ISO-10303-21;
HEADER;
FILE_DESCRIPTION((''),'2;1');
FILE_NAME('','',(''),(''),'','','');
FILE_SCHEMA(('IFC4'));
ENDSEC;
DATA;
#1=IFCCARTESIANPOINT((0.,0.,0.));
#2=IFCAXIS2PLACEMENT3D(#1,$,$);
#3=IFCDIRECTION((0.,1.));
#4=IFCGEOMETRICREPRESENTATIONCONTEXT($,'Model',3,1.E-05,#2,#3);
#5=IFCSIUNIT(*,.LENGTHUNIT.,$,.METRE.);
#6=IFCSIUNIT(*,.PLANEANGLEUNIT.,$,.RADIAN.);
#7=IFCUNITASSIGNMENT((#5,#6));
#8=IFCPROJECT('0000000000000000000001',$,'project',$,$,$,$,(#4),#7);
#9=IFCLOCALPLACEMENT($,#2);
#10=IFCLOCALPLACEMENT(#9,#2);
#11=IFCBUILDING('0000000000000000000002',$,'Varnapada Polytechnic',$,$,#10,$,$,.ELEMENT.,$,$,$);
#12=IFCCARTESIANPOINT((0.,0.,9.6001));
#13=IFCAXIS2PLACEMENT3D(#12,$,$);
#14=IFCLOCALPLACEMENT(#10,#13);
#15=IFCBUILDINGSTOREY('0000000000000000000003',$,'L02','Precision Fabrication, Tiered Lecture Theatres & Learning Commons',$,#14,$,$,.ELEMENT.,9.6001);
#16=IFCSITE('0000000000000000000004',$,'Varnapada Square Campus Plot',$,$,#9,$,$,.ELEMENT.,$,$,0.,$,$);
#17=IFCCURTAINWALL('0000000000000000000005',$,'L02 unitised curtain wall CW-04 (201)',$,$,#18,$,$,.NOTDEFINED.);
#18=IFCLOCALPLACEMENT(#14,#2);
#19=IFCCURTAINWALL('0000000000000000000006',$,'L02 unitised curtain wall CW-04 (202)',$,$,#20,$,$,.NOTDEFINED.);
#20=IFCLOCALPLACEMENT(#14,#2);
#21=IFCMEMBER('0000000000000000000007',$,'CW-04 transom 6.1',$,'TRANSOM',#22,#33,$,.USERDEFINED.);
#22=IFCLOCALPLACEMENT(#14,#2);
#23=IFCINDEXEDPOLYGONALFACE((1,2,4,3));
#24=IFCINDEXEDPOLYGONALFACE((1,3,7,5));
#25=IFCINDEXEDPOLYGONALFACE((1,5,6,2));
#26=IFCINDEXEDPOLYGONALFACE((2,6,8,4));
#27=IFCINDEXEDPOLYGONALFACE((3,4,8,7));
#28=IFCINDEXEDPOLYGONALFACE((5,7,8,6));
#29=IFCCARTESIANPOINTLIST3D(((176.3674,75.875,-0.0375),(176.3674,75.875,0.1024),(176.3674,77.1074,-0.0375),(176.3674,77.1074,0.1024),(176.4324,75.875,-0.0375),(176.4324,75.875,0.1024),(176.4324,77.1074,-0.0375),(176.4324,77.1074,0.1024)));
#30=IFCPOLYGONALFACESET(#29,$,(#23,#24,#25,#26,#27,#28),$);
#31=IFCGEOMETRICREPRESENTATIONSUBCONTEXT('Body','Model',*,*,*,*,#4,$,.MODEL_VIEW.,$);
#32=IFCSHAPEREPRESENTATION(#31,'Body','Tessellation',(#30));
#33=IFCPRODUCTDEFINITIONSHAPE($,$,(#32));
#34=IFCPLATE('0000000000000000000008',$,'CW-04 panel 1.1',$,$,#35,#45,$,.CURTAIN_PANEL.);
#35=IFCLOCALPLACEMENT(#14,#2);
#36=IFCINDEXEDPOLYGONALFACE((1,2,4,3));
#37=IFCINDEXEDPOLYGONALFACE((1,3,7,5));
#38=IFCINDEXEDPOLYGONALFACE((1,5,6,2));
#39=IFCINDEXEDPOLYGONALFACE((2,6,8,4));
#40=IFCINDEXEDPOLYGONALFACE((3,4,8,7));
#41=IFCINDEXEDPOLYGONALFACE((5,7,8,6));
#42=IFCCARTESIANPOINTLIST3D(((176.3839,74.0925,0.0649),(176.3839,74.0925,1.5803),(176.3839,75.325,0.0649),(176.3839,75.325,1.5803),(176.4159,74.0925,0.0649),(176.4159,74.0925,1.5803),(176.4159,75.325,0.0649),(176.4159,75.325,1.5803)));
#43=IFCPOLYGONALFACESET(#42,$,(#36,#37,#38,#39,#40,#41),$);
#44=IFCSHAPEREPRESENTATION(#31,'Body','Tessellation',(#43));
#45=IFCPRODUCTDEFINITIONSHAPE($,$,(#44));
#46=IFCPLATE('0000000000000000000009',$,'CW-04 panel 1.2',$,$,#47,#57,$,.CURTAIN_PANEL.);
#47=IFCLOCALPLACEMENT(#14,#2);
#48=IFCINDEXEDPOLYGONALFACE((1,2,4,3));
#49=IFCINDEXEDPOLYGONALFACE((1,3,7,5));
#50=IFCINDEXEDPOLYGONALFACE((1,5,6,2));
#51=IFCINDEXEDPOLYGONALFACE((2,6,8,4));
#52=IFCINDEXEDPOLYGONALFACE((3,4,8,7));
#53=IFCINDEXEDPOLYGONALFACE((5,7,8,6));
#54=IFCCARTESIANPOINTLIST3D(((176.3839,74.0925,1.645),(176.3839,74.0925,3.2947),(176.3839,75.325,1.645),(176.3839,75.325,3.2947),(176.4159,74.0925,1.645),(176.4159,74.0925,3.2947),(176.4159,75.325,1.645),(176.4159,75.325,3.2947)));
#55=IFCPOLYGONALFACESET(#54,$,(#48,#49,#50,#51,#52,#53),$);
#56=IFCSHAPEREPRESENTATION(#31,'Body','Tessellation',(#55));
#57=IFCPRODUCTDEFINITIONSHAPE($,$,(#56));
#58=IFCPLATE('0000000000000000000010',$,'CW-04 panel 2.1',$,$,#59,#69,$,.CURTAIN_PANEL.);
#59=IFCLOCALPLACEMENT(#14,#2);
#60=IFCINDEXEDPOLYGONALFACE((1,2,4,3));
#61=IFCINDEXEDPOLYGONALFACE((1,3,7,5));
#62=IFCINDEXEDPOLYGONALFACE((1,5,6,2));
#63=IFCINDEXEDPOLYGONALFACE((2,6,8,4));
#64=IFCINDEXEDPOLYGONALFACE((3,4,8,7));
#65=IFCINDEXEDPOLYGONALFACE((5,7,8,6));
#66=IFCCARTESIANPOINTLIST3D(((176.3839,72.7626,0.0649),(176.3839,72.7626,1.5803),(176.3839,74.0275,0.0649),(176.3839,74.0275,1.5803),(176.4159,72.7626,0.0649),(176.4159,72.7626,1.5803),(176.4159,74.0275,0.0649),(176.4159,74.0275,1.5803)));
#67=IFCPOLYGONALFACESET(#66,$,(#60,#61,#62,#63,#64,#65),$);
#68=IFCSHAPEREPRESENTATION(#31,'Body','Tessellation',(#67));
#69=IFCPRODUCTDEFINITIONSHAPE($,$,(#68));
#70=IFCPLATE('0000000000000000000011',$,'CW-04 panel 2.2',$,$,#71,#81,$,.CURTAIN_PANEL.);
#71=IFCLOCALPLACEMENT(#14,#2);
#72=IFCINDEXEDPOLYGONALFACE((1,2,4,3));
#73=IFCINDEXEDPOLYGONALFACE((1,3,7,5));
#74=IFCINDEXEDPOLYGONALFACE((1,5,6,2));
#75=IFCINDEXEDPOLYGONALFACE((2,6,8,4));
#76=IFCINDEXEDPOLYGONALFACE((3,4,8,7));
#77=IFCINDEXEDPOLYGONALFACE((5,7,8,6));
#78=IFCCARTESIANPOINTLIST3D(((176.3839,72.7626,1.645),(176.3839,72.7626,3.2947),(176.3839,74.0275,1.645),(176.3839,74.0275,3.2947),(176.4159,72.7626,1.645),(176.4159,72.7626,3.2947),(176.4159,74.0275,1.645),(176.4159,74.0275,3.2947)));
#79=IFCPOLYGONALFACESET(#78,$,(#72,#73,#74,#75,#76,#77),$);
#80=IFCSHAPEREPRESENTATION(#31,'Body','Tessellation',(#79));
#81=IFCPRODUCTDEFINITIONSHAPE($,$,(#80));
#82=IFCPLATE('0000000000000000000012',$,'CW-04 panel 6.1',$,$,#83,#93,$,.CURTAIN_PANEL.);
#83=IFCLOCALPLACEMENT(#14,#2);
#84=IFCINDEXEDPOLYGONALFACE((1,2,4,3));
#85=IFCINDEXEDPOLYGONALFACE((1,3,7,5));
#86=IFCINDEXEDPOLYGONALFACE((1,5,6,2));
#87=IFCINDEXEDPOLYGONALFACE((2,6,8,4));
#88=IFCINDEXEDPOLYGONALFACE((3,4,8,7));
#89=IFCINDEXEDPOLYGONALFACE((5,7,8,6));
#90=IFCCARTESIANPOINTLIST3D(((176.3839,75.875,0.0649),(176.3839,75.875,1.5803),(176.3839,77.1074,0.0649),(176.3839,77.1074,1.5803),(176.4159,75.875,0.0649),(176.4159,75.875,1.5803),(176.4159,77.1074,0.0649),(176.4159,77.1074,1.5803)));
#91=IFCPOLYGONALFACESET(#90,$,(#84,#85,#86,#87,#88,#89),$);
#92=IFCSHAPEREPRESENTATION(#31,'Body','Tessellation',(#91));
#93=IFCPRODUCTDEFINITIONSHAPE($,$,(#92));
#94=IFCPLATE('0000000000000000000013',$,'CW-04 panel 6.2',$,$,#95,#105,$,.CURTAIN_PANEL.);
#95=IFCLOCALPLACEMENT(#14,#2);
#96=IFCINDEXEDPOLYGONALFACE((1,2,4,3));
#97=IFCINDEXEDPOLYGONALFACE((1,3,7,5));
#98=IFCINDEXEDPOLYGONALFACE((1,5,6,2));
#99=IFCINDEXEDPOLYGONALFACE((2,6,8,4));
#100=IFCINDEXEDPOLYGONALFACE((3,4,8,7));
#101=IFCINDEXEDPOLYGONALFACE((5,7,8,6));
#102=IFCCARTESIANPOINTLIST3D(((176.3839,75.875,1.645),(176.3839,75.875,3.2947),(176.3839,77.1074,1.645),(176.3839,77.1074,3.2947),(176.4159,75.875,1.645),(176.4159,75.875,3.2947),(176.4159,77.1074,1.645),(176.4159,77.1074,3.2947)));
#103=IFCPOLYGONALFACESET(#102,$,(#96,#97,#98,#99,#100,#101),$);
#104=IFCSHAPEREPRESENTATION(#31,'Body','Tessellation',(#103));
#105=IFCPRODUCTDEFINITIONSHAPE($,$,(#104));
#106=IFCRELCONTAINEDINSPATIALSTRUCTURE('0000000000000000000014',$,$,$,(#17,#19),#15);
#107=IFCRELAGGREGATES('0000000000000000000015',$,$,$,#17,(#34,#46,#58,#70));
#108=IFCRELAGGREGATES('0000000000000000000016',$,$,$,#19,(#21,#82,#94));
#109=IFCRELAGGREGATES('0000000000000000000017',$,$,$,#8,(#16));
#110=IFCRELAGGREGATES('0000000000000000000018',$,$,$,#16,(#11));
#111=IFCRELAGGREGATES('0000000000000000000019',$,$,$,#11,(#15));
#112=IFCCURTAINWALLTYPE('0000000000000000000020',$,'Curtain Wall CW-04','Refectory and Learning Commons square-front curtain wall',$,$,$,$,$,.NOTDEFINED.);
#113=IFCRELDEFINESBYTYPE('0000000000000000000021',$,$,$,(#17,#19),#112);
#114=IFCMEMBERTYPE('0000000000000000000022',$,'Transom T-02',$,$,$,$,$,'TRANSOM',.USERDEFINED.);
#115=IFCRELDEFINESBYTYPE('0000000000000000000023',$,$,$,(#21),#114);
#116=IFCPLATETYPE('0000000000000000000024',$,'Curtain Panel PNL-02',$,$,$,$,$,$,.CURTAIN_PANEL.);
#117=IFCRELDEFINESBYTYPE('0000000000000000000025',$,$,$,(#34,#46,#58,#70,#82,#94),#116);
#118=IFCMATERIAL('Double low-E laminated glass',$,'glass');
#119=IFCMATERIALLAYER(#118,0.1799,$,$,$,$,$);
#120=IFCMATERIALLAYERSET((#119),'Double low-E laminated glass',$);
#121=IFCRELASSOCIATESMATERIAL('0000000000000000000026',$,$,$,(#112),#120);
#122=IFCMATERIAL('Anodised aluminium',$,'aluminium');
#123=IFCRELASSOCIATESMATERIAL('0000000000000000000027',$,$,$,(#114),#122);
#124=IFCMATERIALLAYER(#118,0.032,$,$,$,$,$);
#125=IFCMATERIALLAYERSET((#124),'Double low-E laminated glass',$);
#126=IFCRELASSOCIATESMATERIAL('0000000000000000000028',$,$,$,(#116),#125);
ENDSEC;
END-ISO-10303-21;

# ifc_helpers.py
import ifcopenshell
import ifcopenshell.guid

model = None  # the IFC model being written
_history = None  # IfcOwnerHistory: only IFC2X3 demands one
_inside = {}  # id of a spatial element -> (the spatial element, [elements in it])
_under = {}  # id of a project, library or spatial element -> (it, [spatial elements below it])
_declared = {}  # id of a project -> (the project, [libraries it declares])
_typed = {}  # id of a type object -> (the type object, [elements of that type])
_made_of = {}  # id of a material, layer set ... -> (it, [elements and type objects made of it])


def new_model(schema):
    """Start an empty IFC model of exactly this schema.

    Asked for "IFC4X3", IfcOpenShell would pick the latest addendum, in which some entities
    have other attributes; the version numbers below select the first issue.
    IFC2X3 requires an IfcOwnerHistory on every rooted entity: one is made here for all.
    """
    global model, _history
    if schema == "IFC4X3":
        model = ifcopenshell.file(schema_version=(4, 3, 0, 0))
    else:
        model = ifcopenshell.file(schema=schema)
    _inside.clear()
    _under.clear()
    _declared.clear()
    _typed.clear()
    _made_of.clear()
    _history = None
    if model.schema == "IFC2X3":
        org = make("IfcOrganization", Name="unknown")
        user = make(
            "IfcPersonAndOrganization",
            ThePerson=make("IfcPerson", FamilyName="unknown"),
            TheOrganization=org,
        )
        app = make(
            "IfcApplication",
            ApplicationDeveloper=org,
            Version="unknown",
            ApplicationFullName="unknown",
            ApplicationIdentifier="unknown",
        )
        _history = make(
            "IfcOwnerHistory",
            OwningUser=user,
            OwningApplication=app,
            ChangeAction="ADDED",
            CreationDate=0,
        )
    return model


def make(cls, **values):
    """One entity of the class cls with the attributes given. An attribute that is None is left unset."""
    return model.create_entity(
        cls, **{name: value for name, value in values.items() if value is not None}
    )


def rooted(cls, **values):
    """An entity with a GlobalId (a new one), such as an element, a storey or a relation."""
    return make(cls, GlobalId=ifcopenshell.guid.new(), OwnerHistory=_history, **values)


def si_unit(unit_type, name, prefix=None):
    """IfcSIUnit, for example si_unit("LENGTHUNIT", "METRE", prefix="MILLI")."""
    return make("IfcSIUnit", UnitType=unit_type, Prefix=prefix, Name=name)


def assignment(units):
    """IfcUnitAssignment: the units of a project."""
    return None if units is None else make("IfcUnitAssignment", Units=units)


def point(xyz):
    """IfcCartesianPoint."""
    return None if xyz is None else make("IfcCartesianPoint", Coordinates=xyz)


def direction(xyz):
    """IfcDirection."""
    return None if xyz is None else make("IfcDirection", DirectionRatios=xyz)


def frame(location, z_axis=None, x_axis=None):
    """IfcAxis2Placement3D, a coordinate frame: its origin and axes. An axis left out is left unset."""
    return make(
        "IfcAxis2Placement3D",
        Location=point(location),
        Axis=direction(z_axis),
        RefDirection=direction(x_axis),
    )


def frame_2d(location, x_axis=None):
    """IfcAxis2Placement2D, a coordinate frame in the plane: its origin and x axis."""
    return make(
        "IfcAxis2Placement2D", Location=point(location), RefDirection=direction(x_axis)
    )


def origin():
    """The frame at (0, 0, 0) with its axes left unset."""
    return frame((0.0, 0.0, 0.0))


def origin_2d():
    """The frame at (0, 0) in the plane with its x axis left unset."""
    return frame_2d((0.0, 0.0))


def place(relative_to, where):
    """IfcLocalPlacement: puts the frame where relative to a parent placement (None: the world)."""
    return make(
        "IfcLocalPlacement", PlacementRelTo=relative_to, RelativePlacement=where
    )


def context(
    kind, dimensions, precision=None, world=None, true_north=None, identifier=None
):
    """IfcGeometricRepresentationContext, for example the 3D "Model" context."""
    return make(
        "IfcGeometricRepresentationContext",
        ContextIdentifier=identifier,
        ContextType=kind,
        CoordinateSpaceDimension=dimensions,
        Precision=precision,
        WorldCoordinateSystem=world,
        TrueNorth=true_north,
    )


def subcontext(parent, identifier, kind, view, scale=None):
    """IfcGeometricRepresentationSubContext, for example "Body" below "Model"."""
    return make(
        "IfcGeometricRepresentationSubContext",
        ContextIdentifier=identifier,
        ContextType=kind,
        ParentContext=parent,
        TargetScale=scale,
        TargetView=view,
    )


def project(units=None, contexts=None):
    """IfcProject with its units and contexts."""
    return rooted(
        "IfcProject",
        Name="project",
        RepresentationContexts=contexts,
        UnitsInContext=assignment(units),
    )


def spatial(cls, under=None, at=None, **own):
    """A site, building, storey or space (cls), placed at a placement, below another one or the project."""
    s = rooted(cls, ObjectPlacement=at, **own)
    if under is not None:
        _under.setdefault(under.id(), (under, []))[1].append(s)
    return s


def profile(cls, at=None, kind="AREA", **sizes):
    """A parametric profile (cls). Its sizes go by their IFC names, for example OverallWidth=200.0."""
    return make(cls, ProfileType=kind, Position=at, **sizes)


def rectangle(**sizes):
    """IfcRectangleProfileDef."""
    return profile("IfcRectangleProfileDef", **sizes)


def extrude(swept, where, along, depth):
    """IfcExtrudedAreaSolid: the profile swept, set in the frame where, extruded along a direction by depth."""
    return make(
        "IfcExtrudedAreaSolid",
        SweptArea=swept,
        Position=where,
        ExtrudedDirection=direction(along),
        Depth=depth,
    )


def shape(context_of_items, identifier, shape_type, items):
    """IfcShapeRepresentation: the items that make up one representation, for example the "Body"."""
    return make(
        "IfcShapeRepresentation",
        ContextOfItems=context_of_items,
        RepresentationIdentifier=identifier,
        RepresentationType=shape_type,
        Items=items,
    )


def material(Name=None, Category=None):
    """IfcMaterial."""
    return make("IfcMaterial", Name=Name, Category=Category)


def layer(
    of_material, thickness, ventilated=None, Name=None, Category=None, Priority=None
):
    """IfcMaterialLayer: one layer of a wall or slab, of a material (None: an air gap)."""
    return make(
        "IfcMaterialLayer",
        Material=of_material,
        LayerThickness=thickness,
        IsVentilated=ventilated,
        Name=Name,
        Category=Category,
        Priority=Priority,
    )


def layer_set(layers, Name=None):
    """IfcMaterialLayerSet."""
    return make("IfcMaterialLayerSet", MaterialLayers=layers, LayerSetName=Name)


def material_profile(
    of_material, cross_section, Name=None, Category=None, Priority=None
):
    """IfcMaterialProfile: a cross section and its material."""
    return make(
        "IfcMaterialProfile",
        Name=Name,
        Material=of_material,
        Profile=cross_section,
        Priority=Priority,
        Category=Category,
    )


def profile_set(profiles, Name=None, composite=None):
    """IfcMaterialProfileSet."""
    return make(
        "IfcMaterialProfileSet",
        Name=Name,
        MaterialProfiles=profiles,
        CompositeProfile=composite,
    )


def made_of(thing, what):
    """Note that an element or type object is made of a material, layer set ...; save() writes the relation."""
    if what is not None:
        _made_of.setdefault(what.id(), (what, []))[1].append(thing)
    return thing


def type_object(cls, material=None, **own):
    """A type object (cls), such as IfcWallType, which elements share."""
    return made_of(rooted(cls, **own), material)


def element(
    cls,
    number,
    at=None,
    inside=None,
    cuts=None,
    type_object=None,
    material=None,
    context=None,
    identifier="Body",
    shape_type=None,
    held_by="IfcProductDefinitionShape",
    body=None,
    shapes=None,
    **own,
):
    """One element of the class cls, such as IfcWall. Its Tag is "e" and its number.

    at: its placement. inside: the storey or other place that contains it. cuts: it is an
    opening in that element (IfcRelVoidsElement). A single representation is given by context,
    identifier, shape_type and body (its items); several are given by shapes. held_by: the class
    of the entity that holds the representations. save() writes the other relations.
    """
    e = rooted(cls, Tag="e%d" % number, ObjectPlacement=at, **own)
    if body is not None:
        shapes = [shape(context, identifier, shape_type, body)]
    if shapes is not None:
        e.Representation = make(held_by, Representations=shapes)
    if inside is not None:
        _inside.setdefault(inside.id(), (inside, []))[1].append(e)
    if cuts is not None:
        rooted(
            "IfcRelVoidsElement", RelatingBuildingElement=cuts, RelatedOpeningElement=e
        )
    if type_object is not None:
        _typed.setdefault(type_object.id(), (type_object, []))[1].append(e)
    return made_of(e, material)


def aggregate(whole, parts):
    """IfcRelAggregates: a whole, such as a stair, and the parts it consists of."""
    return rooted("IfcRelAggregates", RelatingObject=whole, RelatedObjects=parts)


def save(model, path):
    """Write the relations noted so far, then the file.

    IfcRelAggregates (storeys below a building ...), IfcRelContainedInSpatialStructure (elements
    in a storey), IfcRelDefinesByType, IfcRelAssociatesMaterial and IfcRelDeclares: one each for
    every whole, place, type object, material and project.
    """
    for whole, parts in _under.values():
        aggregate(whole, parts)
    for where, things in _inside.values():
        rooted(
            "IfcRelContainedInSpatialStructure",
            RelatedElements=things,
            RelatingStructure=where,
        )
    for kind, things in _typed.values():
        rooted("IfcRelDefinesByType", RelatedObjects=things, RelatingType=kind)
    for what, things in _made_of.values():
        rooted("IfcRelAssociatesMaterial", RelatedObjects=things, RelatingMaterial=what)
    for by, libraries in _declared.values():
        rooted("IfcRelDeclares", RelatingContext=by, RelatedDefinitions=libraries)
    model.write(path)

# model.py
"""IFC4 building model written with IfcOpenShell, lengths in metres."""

from ifc_helpers import new_model, si_unit, direction, frame, origin, origin_2d, place, context, subcontext, project, spatial, rectangle, extrude, material, layer, layer_set, material_profile, profile_set, type_object, element, aggregate, save


model = new_model("IFC4")

# Units and contexts
model_context = context("Model", 3, precision=1e-05, world=origin(), true_north=direction((0.0, 1.0)))
body_context = subcontext(model_context, "Body", "Model", "MODEL_VIEW")
ifc_project = project(units=[si_unit("LENGTHUNIT", "METRE"), si_unit("PLANEANGLEUNIT", "RADIAN")], contexts=[model_context])

# Site, building, storey
site_placement = place(None, origin())
site = spatial("IfcSite", under=ifc_project, at=site_placement, Name="Varnapada Square Campus Plot", CompositionType="ELEMENT", RefElevation=0.0)
building_placement = place(site_placement, origin())
building = spatial("IfcBuilding", under=site, at=building_placement, Name="Varnapada Polytechnic", CompositionType="ELEMENT")
storey_placement = place(building_placement, frame((0.0, 0.0, 9.6001)))
storey = spatial("IfcBuildingStorey", under=building, at=storey_placement, Name="L02", Description="Precision Fabrication, Tiered Lecture Theatres & Learning Commons", CompositionType="ELEMENT", Elevation=9.6001)

# Curtain wall
ifc_material_1 = material(Name="Double low-E laminated glass", Category="glass")
ifc_layer_1 = layer(ifc_material_1, 0.1799)
ifc_layer_set_1 = layer_set([ifc_layer_1], Name="Double low-E laminated glass")
curtain_wall_type = type_object("IfcCurtainWallType", Name="Curtain Wall CW-04", Description="Refectory and Learning Commons square-front curtain wall", PredefinedType="NOTDEFINED", material=ifc_layer_set_1)
curtain_wall_1_placement = place(storey_placement, origin())
curtain_wall_1 = element("IfcCurtainWall", 1, at=curtain_wall_1_placement, inside=storey, type_object=curtain_wall_type, Name="L02 unitised curtain wall CW-04 (201)", PredefinedType="NOTDEFINED")
ifc_material_2 = material(Name="Anodised aluminium", Category="aluminium")

# Curtain wall
curtain_wall_2_placement = place(storey_placement, origin())
curtain_wall_2 = element("IfcCurtainWall", 2, at=curtain_wall_2_placement, inside=storey, type_object=curtain_wall_type, Name="L02 unitised curtain wall CW-04 (202)", PredefinedType="NOTDEFINED")

# Member
ifc_material_profile_1 = material_profile(ifc_material_2, rectangle(XDim=0.0649, YDim=0.1399, at=origin_2d()), Name="ALU T65x140")
ifc_profile_set_1 = profile_set([ifc_material_profile_1], Name="Anodised aluminium")
member_type_1 = type_object("IfcMemberType", Name="Transom T-02", ElementType="TRANSOM", PredefinedType="USERDEFINED", material=ifc_profile_set_1)
member_1_placement = place(storey_placement, frame((176.3999, 77.1074, 0.0325), z_axis=(0.0, -1.0, 0.0), x_axis=(1.0, 0.0, 0.0)))
member_1 = element("IfcMember", 3, at=member_1_placement, type_object=member_type_1, Name="CW-04 transom 6.1", ObjectType="TRANSOM", PredefinedType="USERDEFINED", context=body_context, shape_type="SweptSolid", body=[
    extrude(rectangle(XDim=0.0649, YDim=0.1399, at=origin_2d()), origin(), (0.0, 0.0, 1.0), 1.2324),
])

# Plates
ifc_layer_2 = layer(ifc_material_1, 0.032)
ifc_layer_set_2 = layer_set([ifc_layer_2], Name="Double low-E laminated glass")
plate_type = type_object("IfcPlateType", Name="Curtain Panel PNL-02", PredefinedType="CURTAIN_PANEL", material=ifc_layer_set_2)
plate_1_placement = place(storey_placement, frame((176.3999, 74.7087, 0.0649), z_axis=(0.0, 0.0, 1.0), x_axis=(0.0, -1.0, 0.0)))
plate_1 = element("IfcPlate", 4, at=plate_1_placement, type_object=plate_type, Name="CW-04 panel 1.1", PredefinedType="CURTAIN_PANEL", context=body_context, shape_type="SweptSolid", body=[
    extrude(rectangle(XDim=1.2324, YDim=0.032, at=origin_2d()), origin(), (0.0, 0.0, 1.0), 1.5154),
])
plate_2_placement = place(storey_placement, frame((176.3999, 74.7087, 1.645), z_axis=(0.0, 0.0, 1.0), x_axis=(0.0, -1.0, 0.0)))
plate_2 = element("IfcPlate", 5, at=plate_2_placement, type_object=plate_type, Name="CW-04 panel 1.2", PredefinedType="CURTAIN_PANEL", context=body_context, shape_type="SweptSolid", body=[
    extrude(rectangle(XDim=1.2324, YDim=0.032, at=origin_2d()), origin(), (0.0, 0.0, 1.0), 1.6497),
])
plate_3_placement = place(storey_placement, frame((176.3999, 73.395, 0.0649), z_axis=(0.0, 0.0, 1.0), x_axis=(0.0, -1.0, 0.0)))
plate_3 = element("IfcPlate", 6, at=plate_3_placement, type_object=plate_type, Name="CW-04 panel 2.1", PredefinedType="CURTAIN_PANEL", context=body_context, shape_type="SweptSolid", body=[
    extrude(rectangle(XDim=1.2649, YDim=0.032, at=origin_2d()), origin(), (0.0, 0.0, 1.0), 1.5154),
])
plate_4_placement = place(storey_placement, frame((176.3999, 73.395, 1.645), z_axis=(0.0, 0.0, 1.0), x_axis=(0.0, -1.0, 0.0)))
plate_4 = element("IfcPlate", 7, at=plate_4_placement, type_object=plate_type, Name="CW-04 panel 2.2", PredefinedType="CURTAIN_PANEL", context=body_context, shape_type="SweptSolid", body=[
    extrude(rectangle(XDim=1.2649, YDim=0.032, at=origin_2d()), origin(), (0.0, 0.0, 1.0), 1.6497),
])
aggregate(curtain_wall_1, [plate_1, plate_2, plate_3, plate_4])
plate_5_placement = place(storey_placement, frame((176.3999, 76.4912, 0.0649), z_axis=(0.0, 0.0, 1.0), x_axis=(0.0, -1.0, 0.0)))
plate_5 = element("IfcPlate", 8, at=plate_5_placement, type_object=plate_type, Name="CW-04 panel 6.1", PredefinedType="CURTAIN_PANEL", context=body_context, shape_type="SweptSolid", body=[
    extrude(rectangle(XDim=1.2324, YDim=0.032, at=origin_2d()), origin(), (0.0, 0.0, 1.0), 1.5154),
])
plate_6_placement = place(storey_placement, frame((176.3999, 76.4912, 1.645), z_axis=(0.0, 0.0, 1.0), x_axis=(0.0, -1.0, 0.0)))
plate_6 = element("IfcPlate", 9, at=plate_6_placement, type_object=plate_type, Name="CW-04 panel 6.2", PredefinedType="CURTAIN_PANEL", context=body_context, shape_type="SweptSolid", body=[
    extrude(rectangle(XDim=1.2324, YDim=0.032, at=origin_2d()), origin(), (0.0, 0.0, 1.0), 1.6497),
])
aggregate(curtain_wall_2, [member_1, plate_5, plate_6])

save(model, "model.ifc")
